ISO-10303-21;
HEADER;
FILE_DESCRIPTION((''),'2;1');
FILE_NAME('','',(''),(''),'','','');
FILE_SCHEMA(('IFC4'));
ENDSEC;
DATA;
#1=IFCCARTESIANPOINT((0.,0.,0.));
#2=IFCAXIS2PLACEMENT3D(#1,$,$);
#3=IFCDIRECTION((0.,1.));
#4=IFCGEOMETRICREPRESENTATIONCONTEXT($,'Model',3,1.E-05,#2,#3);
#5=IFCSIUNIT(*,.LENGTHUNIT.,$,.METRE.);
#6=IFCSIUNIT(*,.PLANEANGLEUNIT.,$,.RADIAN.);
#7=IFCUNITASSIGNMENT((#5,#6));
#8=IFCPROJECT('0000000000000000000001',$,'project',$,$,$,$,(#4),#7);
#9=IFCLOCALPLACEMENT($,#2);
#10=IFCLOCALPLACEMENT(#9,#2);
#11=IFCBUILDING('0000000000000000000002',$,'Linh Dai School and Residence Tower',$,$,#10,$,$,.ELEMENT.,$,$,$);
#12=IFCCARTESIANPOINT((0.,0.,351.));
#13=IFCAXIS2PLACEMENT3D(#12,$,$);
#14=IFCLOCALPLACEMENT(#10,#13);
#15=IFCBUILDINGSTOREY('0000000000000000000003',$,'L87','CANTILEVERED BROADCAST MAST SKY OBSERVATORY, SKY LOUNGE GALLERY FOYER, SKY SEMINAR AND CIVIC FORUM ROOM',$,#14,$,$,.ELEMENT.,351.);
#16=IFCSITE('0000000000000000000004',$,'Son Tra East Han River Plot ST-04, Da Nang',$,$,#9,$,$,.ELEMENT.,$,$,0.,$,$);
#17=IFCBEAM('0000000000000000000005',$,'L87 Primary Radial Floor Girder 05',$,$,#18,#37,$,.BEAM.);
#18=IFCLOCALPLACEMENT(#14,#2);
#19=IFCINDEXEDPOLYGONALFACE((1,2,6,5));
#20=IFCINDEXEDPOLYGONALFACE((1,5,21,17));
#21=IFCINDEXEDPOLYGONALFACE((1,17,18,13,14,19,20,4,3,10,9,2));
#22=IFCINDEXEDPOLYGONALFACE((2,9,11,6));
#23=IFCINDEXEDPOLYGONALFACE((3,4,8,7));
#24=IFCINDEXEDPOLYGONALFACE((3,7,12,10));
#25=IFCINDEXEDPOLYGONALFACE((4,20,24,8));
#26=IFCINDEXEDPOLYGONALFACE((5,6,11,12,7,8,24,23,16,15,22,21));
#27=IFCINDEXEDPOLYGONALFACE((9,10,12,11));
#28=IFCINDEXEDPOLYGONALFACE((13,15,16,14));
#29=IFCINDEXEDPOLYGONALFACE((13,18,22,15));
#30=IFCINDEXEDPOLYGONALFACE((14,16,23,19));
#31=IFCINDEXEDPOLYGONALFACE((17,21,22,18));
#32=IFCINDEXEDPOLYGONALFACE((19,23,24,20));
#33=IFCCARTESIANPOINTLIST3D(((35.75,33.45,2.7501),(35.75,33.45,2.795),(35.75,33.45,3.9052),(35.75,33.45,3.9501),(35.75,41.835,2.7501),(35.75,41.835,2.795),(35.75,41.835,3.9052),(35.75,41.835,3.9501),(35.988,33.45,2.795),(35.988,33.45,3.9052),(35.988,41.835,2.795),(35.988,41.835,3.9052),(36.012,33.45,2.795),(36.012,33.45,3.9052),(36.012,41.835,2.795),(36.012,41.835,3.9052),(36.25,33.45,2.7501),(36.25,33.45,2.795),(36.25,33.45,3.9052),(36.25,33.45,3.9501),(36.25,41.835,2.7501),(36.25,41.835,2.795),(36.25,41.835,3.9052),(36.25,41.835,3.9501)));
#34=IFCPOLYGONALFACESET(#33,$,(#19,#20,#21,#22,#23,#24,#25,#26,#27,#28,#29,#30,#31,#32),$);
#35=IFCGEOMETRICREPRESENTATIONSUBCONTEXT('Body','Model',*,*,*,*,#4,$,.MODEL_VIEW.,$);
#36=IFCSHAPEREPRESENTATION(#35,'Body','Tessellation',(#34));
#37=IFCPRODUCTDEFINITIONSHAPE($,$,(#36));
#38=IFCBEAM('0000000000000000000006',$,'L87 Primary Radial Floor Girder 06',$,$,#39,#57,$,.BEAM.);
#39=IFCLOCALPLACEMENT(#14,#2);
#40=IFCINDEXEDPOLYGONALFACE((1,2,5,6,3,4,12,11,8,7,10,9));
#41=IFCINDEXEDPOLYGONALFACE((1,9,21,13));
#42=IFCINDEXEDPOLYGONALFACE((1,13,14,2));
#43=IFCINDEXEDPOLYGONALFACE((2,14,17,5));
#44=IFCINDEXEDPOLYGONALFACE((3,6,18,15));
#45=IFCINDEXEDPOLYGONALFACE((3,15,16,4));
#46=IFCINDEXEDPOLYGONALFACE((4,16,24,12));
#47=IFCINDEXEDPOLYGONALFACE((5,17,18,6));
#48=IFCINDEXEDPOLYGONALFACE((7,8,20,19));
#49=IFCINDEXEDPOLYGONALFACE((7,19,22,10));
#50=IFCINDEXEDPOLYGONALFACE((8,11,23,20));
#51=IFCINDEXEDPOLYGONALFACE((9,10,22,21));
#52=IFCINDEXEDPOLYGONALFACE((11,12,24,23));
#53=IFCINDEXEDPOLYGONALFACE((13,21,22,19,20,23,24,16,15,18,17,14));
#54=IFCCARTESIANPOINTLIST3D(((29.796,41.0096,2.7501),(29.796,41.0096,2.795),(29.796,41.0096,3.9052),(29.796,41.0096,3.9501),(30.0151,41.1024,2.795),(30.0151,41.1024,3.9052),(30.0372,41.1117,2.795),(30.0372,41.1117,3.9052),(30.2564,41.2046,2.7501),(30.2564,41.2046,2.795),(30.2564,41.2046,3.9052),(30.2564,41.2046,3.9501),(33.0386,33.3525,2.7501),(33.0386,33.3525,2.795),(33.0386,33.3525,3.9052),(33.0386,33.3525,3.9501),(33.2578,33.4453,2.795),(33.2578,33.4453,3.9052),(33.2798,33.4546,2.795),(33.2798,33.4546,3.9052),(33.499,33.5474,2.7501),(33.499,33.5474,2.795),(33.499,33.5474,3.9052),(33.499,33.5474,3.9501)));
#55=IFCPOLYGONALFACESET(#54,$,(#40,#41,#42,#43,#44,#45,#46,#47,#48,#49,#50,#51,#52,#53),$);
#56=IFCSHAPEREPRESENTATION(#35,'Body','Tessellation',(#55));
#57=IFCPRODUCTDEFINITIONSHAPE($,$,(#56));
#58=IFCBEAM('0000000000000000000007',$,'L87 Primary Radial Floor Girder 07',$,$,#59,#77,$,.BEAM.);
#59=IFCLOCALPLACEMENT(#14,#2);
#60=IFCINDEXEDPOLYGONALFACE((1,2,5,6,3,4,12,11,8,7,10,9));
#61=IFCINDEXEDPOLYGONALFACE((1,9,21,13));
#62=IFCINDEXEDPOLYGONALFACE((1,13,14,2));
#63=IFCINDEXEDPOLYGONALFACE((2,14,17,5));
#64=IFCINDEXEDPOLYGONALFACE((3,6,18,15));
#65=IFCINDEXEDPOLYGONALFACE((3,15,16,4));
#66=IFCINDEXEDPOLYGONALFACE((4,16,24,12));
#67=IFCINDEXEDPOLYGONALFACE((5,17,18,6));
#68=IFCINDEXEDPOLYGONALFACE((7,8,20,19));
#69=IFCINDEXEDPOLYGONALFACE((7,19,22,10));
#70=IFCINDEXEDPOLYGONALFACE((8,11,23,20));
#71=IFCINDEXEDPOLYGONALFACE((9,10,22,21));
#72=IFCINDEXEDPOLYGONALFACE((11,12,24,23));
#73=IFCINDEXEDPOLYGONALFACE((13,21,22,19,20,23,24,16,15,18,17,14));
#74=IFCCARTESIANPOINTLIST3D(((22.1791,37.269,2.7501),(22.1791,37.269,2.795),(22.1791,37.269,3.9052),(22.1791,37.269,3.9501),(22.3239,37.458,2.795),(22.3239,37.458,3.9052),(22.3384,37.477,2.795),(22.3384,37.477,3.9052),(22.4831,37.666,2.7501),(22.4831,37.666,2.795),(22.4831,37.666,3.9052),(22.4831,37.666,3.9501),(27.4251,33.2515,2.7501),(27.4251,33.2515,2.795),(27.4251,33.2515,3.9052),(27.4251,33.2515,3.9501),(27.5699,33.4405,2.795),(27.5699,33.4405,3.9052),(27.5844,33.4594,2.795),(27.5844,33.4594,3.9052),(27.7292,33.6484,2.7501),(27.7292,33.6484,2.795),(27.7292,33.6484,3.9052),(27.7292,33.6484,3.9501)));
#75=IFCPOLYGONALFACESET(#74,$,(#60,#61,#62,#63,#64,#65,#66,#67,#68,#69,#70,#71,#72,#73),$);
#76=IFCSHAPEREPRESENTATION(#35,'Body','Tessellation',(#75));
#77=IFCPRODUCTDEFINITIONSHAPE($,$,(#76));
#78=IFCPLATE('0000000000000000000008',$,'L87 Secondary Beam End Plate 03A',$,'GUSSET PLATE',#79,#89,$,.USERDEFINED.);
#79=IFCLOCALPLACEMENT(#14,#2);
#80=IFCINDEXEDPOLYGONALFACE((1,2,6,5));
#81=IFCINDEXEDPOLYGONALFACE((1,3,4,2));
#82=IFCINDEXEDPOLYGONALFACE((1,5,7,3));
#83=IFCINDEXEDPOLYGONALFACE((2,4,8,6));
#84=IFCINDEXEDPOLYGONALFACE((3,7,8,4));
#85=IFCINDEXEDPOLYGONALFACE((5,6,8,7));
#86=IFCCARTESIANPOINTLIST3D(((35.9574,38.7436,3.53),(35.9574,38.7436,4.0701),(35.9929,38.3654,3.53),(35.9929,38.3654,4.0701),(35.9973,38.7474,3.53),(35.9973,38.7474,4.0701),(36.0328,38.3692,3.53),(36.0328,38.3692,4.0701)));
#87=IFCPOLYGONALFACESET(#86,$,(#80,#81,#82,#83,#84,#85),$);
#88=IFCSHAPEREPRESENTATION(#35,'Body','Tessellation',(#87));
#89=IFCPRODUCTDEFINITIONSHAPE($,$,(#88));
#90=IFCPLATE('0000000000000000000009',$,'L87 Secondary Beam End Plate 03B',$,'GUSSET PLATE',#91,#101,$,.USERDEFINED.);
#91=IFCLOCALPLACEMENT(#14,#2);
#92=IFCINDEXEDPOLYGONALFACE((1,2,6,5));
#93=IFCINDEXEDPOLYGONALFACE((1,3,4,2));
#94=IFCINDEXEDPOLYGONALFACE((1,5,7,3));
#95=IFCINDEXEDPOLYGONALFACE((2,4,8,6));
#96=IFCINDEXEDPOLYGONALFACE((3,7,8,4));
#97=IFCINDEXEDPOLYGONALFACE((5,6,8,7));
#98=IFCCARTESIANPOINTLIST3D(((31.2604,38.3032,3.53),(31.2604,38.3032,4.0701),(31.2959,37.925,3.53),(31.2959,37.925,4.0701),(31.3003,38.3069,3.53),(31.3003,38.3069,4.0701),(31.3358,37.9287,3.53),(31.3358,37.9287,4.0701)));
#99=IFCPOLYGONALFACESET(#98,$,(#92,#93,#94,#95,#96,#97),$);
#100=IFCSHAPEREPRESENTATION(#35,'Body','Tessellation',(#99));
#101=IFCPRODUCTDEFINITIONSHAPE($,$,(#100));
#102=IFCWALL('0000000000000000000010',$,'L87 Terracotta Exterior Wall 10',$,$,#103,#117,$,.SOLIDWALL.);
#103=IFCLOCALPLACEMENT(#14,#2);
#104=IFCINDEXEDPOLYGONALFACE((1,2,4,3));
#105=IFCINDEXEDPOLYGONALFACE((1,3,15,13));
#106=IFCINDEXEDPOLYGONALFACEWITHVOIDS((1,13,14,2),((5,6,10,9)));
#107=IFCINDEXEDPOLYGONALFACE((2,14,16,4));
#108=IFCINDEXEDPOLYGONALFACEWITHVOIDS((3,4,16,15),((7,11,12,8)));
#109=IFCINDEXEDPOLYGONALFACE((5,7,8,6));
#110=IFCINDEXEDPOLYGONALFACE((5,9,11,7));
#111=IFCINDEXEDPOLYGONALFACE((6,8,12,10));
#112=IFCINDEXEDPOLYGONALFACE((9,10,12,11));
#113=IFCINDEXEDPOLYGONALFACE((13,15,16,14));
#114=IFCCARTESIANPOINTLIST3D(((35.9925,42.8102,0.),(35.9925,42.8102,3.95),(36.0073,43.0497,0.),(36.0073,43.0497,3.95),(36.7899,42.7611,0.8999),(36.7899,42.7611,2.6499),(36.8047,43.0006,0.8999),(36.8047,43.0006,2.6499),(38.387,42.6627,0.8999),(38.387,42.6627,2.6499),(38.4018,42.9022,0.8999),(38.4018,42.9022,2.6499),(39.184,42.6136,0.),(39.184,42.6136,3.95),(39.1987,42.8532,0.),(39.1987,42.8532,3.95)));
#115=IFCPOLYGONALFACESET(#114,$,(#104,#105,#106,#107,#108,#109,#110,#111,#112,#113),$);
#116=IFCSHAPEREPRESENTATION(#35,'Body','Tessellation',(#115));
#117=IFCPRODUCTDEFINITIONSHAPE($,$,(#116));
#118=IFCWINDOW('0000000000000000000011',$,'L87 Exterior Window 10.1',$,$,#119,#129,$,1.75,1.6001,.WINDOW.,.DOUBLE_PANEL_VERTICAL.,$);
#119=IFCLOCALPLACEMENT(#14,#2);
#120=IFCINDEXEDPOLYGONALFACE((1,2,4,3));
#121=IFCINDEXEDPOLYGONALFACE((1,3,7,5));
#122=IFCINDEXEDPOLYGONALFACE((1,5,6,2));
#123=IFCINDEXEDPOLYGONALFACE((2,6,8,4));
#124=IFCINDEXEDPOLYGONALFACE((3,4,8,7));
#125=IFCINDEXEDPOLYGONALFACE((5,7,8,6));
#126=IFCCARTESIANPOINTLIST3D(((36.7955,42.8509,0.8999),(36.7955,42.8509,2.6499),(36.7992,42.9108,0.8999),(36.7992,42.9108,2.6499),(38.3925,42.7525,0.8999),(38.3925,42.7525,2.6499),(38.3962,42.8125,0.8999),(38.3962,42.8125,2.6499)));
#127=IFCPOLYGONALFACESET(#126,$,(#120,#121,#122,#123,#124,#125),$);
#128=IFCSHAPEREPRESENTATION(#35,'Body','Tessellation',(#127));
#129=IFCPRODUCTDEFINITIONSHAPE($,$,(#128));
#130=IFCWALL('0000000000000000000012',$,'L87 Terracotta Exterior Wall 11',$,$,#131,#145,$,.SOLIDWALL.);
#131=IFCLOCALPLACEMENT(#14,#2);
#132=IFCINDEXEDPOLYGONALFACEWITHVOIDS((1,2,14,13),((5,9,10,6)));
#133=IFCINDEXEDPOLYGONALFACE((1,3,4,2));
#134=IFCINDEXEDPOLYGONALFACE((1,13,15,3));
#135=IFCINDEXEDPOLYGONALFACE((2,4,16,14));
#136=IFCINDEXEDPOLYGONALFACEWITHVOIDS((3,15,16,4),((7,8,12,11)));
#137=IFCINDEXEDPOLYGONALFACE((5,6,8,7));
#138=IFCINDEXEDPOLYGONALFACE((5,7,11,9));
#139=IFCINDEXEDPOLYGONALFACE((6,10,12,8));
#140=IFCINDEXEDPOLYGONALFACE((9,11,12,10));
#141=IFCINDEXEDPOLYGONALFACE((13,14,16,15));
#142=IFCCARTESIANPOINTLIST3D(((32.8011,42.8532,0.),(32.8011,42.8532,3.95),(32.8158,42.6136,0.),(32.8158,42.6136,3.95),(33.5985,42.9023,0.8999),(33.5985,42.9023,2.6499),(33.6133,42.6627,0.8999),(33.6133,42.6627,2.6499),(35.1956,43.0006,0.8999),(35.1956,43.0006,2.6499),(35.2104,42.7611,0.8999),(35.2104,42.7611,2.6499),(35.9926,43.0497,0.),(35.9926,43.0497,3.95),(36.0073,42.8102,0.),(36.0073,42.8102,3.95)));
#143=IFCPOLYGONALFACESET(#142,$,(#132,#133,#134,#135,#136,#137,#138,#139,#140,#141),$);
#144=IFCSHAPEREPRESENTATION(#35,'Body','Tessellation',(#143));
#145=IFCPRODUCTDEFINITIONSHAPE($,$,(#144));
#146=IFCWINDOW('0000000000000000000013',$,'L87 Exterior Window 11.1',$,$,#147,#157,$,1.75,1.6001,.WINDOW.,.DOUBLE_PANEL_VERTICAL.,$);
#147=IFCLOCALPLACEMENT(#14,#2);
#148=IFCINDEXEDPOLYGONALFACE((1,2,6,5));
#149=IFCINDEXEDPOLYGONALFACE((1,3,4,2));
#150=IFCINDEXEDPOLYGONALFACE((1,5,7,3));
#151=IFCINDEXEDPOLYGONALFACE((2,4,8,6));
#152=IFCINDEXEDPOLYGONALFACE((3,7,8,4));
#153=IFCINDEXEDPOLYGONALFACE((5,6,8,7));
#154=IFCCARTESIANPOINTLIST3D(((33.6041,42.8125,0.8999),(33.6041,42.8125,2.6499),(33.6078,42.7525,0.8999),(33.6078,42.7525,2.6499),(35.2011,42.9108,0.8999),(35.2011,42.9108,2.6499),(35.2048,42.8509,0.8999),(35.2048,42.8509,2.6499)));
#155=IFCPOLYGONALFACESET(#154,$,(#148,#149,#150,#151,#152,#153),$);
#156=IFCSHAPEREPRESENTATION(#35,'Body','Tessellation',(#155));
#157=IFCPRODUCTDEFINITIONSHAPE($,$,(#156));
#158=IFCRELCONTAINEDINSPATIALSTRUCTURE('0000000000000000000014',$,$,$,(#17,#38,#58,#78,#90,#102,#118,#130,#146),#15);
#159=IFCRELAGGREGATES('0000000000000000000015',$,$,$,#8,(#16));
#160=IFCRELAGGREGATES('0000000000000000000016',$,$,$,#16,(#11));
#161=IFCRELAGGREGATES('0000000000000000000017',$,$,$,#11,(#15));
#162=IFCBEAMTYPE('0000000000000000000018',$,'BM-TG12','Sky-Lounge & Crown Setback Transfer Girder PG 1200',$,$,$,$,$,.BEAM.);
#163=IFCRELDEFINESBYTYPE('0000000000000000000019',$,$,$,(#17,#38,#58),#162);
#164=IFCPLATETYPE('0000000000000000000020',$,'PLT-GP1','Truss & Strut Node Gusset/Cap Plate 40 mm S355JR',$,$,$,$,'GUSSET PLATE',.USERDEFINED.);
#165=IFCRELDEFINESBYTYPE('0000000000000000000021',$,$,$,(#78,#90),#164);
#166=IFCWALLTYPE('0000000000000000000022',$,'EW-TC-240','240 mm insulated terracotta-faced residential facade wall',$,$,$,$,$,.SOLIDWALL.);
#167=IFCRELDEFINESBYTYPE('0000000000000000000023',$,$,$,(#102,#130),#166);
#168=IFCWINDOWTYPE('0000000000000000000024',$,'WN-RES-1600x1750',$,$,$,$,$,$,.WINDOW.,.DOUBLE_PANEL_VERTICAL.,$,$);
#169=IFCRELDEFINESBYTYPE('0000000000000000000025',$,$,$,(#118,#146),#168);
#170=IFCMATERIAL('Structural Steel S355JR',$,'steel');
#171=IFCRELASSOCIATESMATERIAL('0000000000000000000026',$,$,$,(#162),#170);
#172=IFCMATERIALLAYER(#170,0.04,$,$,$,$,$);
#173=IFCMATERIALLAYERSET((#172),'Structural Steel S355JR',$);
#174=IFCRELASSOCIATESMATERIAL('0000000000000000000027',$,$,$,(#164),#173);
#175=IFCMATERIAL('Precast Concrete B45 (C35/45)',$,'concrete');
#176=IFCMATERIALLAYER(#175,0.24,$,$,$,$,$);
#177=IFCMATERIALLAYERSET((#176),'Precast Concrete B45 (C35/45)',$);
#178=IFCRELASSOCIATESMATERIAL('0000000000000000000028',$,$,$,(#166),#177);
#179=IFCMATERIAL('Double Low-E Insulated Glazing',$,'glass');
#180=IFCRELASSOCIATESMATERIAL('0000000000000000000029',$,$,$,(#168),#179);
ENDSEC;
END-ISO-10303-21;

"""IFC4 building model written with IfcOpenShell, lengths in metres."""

from ifc_helpers import new_model, si_unit, direction, frame, frame_2d, origin, origin_2d, place, context, subcontext, project, spatial, rectangle, i_section, extrude, source, transform, mapped, material, layer, layer_set, material_profile, profile_set, type_object, element, fill, save


model = new_model("IFC4")

# Units and contexts
model_context = context("Model", 3, precision=1e-05, world=origin(), true_north=direction((0.0, 1.0)))
body_context = subcontext(model_context, "Body", "Model", "MODEL_VIEW")
ifc_project = project(units=[si_unit("LENGTHUNIT", "METRE"), si_unit("PLANEANGLEUNIT", "RADIAN")], contexts=[model_context])

# Site, building, storey
site_placement = place(None, origin())
site = spatial("IfcSite", under=ifc_project, at=site_placement, Name="Son Tra East Han River Plot ST-04, Da Nang", CompositionType="ELEMENT", RefElevation=0.0)
building_placement = place(site_placement, origin())
building = spatial("IfcBuilding", under=site, at=building_placement, Name="Linh Dai School and Residence Tower", CompositionType="ELEMENT")
storey_placement = place(building_placement, frame((0.0, 0.0, 351.0)))
storey = spatial("IfcBuildingStorey", under=building, at=storey_placement, Name="L87", Description="CANTILEVERED BROADCAST MAST SKY OBSERVATORY, SKY LOUNGE GALLERY FOYER, SKY SEMINAR AND CIVIC FORUM ROOM", CompositionType="ELEMENT", Elevation=351.0)

# Shared definitions
ifc_material_1 = material(Name="Structural Steel S355JR", Category="steel")

# Beams
ifc_material_profile_1 = material_profile(ifc_material_1, i_section(OverallWidth=0.5, OverallDepth=1.2, WebThickness=0.0239, FlangeThickness=0.0449, at=origin_2d()), Name="PG 1200x500x24x45")
ifc_profile_set_1 = profile_set([ifc_material_profile_1], Name="Structural Steel S355JR")
beam_type_1 = type_object("IfcBeamType", Name="BM-TG12", Description="Sky-Lounge & Crown Setback Transfer Girder PG 1200", PredefinedType="BEAM", material=ifc_profile_set_1)
beam_1_placement = place(storey_placement, frame((36.0, 33.45, 3.3501), z_axis=(0.0, 1.0, 0.0), x_axis=(-1.0, 0.0, 0.0)))
element("IfcBeam", 1, at=beam_1_placement, inside=storey, type_object=beam_type_1, Name="L87 Primary Radial Floor Girder 05", PredefinedType="BEAM", context=body_context, shape_type="SweptSolid", body=[
    extrude(i_section(OverallWidth=0.5, OverallDepth=1.2, WebThickness=0.0239, FlangeThickness=0.0449, at=origin_2d()), origin(), (0.0, 0.0, 1.0), 8.385),
])
beam_2_placement = place(storey_placement, frame((33.2688, 33.45, 3.3501), z_axis=(-0.389954, 0.920834, 0.0), x_axis=(-0.920834, -0.389954, 0.0)))
element("IfcBeam", 2, at=beam_2_placement, inside=storey, type_object=beam_type_1, Name="L87 Primary Radial Floor Girder 06", PredefinedType="BEAM", context=body_context, shape_type="SweptSolid", body=[
    extrude(i_section(OverallWidth=0.5, OverallDepth=1.2, WebThickness=0.0239, FlangeThickness=0.0449, at=origin_2d()), origin(), (0.0, 0.0, 1.0), 8.3154),
])
beam_3_placement = place(storey_placement, frame((27.5771, 33.45, 3.3501), z_axis=(-0.79393, 0.608009, 0.0), x_axis=(-0.608009, -0.79393, 0.0)))
element("IfcBeam", 3, at=beam_3_placement, inside=storey, type_object=beam_type_1, Name="L87 Primary Radial Floor Girder 07", PredefinedType="BEAM", context=body_context, shape_type="SweptSolid", body=[
    extrude(i_section(OverallWidth=0.5, OverallDepth=1.2, WebThickness=0.0239, FlangeThickness=0.0449, at=origin_2d()), origin(), (0.0, 0.0, 1.0), 6.6077),
])

# Plates
ifc_layer_1 = layer(ifc_material_1, 0.04)
ifc_layer_set_1 = layer_set([ifc_layer_1], Name="Structural Steel S355JR")
plate_type = type_object("IfcPlateType", Name="PLT-GP1", Description="Truss & Strut Node Gusset/Cap Plate 40 mm S355JR", ElementType="GUSSET PLATE", PredefinedType="USERDEFINED", material=ifc_layer_set_1)
shared_shape_1 = source(origin(), body_context, "Body", "SweptSolid", [
    extrude(rectangle(XDim=0.04, YDim=0.3799, at=origin_2d()), origin(), (0.0, 0.0, 1.0), 0.54),
])
for number, where, z_axis, x_axis, name in (
    (4, (35.9951, 38.5564, 3.53), (0.0, 0.0, 1.0), (-0.995631, -0.093373, 0.0), "L87 Secondary Beam End Plate 03A"),
    (5, (31.2981, 38.116, 3.53), (0.0, 0.0, 1.0), (-0.995631, -0.093373, 0.0), "L87 Secondary Beam End Plate 03B"),
):
    element("IfcPlate", number, at=place(storey_placement, frame(where, z_axis=z_axis, x_axis=x_axis)), inside=storey, type_object=plate_type, Name=name, ObjectType="GUSSET PLATE", PredefinedType="USERDEFINED", context=body_context, shape_type="MappedRepresentation", body=[
        mapped(shared_shape_1, transform((0.0, 0.0, 0.0), x_axis=(1.0, 0.0, 0.0), y_axis=(0.0, 1.0, 0.0), z_axis=(0.0, 0.0, 1.0), scale=1.0)),
    ])

# Walls, openings, windows
ifc_material_2 = material(Name="Precast Concrete B45 (C35/45)", Category="concrete")
ifc_layer_2 = layer(ifc_material_2, 0.24)
ifc_layer_set_2 = layer_set([ifc_layer_2], Name="Precast Concrete B45 (C35/45)")
wall_type_1 = type_object("IfcWallType", Name="EW-TC-240", Description="240 mm insulated terracotta-faced residential facade wall", PredefinedType="SOLIDWALL", material=ifc_layer_set_2)
wall_1_placement = place(storey_placement, frame((36.0, 42.9299, 0.0), z_axis=(0.0, 0.0, 1.0), x_axis=(0.998109, -0.061466, 0.0)))
wall_1 = element("IfcWall", 6, at=wall_1_placement, inside=storey, type_object=wall_type_1, Name="L87 Terracotta Exterior Wall 10", PredefinedType="SOLIDWALL", context=body_context, shape_type="SweptSolid", body=[
    extrude(rectangle(XDim=3.1975, YDim=0.24, at=frame_2d((1.5986, 0.0))), origin(), (0.0, 0.0, 1.0), 3.95),
])
opening_1_placement = place(wall_1_placement, frame((0.7988, 0.0, 0.8999)))
opening_1 = element("IfcOpeningElement", 7, at=opening_1_placement, cuts=wall_1, PredefinedType="OPENING", context=body_context, shape_type="SweptSolid", body=[
    extrude(rectangle(XDim=1.6001, YDim=1.75, at=origin_2d()), frame((0.8, 0.1299, 0.875), z_axis=(0.0, -1.0, 0.0), x_axis=(1.0, 0.0, 0.0)), (0.0, 0.0, 1.0), 0.26),
])
ifc_material_3 = material(Name="Double Low-E Insulated Glazing", Category="glass")
window_type = type_object("IfcWindowType", Name="WN-RES-1600x1750", PartitioningType="DOUBLE_PANEL_VERTICAL", PredefinedType="WINDOW", material=ifc_material_3)
shared_shape_2 = source(origin(), body_context, "Body", "SweptSolid", [
    extrude(rectangle(XDim=1.6001, YDim=1.75, at=origin_2d()), frame((0.8, 0.03, 0.875), z_axis=(0.0, -1.0, 0.0), x_axis=(1.0, 0.0, 0.0)), (0.0, 0.0, 1.0), 0.0601),
])
window_1_placement = place(opening_1_placement, origin())
window_1 = element("IfcWindow", 8, at=window_1_placement, inside=storey, type_object=window_type, Name="L87 Exterior Window 10.1", OverallHeight=1.75, OverallWidth=1.6001, PartitioningType="DOUBLE_PANEL_VERTICAL", PredefinedType="WINDOW", context=body_context, shape_type="MappedRepresentation", body=[
    mapped(shared_shape_2, transform((0.0, 0.0, 0.0), x_axis=(1.0, 0.0, 0.0), y_axis=(0.0, 1.0, 0.0), z_axis=(0.0, 0.0, 1.0), scale=1.0)),
])
fill(opening_1, window_1)
wall_2_placement = place(storey_placement, frame((32.8086, 42.7334, 0.0), z_axis=(0.0, 0.0, 1.0), x_axis=(0.998109, 0.061466, 0.0)))
wall_2 = element("IfcWall", 9, at=wall_2_placement, inside=storey, type_object=wall_type_1, Name="L87 Terracotta Exterior Wall 11", PredefinedType="SOLIDWALL", context=body_context, shape_type="SweptSolid", body=[
    extrude(rectangle(XDim=3.1975, YDim=0.24, at=frame_2d((1.5986, 0.0))), origin(), (0.0, 0.0, 1.0), 3.95),
])
opening_2_placement = place(wall_2_placement, frame((0.7988, 0.0, 0.8999)))
opening_2 = element("IfcOpeningElement", 10, at=opening_2_placement, cuts=wall_2, PredefinedType="OPENING", context=body_context, shape_type="SweptSolid", body=[
    extrude(rectangle(XDim=1.6001, YDim=1.75, at=origin_2d()), frame((0.8, 0.1299, 0.875), z_axis=(0.0, -1.0, 0.0), x_axis=(1.0, 0.0, 0.0)), (0.0, 0.0, 1.0), 0.26),
])
window_2_placement = place(opening_2_placement, origin())
window_2 = element("IfcWindow", 11, at=window_2_placement, inside=storey, type_object=window_type, Name="L87 Exterior Window 11.1", OverallHeight=1.75, OverallWidth=1.6001, PartitioningType="DOUBLE_PANEL_VERTICAL", PredefinedType="WINDOW", context=body_context, shape_type="MappedRepresentation", body=[
    mapped(shared_shape_2, transform((0.0, 0.0, 0.0), x_axis=(1.0, 0.0, 0.0), y_axis=(0.0, 1.0, 0.0), z_axis=(0.0, 0.0, 1.0), scale=1.0)),
])
fill(opening_2, window_2)

save(model, "model.ifc")
